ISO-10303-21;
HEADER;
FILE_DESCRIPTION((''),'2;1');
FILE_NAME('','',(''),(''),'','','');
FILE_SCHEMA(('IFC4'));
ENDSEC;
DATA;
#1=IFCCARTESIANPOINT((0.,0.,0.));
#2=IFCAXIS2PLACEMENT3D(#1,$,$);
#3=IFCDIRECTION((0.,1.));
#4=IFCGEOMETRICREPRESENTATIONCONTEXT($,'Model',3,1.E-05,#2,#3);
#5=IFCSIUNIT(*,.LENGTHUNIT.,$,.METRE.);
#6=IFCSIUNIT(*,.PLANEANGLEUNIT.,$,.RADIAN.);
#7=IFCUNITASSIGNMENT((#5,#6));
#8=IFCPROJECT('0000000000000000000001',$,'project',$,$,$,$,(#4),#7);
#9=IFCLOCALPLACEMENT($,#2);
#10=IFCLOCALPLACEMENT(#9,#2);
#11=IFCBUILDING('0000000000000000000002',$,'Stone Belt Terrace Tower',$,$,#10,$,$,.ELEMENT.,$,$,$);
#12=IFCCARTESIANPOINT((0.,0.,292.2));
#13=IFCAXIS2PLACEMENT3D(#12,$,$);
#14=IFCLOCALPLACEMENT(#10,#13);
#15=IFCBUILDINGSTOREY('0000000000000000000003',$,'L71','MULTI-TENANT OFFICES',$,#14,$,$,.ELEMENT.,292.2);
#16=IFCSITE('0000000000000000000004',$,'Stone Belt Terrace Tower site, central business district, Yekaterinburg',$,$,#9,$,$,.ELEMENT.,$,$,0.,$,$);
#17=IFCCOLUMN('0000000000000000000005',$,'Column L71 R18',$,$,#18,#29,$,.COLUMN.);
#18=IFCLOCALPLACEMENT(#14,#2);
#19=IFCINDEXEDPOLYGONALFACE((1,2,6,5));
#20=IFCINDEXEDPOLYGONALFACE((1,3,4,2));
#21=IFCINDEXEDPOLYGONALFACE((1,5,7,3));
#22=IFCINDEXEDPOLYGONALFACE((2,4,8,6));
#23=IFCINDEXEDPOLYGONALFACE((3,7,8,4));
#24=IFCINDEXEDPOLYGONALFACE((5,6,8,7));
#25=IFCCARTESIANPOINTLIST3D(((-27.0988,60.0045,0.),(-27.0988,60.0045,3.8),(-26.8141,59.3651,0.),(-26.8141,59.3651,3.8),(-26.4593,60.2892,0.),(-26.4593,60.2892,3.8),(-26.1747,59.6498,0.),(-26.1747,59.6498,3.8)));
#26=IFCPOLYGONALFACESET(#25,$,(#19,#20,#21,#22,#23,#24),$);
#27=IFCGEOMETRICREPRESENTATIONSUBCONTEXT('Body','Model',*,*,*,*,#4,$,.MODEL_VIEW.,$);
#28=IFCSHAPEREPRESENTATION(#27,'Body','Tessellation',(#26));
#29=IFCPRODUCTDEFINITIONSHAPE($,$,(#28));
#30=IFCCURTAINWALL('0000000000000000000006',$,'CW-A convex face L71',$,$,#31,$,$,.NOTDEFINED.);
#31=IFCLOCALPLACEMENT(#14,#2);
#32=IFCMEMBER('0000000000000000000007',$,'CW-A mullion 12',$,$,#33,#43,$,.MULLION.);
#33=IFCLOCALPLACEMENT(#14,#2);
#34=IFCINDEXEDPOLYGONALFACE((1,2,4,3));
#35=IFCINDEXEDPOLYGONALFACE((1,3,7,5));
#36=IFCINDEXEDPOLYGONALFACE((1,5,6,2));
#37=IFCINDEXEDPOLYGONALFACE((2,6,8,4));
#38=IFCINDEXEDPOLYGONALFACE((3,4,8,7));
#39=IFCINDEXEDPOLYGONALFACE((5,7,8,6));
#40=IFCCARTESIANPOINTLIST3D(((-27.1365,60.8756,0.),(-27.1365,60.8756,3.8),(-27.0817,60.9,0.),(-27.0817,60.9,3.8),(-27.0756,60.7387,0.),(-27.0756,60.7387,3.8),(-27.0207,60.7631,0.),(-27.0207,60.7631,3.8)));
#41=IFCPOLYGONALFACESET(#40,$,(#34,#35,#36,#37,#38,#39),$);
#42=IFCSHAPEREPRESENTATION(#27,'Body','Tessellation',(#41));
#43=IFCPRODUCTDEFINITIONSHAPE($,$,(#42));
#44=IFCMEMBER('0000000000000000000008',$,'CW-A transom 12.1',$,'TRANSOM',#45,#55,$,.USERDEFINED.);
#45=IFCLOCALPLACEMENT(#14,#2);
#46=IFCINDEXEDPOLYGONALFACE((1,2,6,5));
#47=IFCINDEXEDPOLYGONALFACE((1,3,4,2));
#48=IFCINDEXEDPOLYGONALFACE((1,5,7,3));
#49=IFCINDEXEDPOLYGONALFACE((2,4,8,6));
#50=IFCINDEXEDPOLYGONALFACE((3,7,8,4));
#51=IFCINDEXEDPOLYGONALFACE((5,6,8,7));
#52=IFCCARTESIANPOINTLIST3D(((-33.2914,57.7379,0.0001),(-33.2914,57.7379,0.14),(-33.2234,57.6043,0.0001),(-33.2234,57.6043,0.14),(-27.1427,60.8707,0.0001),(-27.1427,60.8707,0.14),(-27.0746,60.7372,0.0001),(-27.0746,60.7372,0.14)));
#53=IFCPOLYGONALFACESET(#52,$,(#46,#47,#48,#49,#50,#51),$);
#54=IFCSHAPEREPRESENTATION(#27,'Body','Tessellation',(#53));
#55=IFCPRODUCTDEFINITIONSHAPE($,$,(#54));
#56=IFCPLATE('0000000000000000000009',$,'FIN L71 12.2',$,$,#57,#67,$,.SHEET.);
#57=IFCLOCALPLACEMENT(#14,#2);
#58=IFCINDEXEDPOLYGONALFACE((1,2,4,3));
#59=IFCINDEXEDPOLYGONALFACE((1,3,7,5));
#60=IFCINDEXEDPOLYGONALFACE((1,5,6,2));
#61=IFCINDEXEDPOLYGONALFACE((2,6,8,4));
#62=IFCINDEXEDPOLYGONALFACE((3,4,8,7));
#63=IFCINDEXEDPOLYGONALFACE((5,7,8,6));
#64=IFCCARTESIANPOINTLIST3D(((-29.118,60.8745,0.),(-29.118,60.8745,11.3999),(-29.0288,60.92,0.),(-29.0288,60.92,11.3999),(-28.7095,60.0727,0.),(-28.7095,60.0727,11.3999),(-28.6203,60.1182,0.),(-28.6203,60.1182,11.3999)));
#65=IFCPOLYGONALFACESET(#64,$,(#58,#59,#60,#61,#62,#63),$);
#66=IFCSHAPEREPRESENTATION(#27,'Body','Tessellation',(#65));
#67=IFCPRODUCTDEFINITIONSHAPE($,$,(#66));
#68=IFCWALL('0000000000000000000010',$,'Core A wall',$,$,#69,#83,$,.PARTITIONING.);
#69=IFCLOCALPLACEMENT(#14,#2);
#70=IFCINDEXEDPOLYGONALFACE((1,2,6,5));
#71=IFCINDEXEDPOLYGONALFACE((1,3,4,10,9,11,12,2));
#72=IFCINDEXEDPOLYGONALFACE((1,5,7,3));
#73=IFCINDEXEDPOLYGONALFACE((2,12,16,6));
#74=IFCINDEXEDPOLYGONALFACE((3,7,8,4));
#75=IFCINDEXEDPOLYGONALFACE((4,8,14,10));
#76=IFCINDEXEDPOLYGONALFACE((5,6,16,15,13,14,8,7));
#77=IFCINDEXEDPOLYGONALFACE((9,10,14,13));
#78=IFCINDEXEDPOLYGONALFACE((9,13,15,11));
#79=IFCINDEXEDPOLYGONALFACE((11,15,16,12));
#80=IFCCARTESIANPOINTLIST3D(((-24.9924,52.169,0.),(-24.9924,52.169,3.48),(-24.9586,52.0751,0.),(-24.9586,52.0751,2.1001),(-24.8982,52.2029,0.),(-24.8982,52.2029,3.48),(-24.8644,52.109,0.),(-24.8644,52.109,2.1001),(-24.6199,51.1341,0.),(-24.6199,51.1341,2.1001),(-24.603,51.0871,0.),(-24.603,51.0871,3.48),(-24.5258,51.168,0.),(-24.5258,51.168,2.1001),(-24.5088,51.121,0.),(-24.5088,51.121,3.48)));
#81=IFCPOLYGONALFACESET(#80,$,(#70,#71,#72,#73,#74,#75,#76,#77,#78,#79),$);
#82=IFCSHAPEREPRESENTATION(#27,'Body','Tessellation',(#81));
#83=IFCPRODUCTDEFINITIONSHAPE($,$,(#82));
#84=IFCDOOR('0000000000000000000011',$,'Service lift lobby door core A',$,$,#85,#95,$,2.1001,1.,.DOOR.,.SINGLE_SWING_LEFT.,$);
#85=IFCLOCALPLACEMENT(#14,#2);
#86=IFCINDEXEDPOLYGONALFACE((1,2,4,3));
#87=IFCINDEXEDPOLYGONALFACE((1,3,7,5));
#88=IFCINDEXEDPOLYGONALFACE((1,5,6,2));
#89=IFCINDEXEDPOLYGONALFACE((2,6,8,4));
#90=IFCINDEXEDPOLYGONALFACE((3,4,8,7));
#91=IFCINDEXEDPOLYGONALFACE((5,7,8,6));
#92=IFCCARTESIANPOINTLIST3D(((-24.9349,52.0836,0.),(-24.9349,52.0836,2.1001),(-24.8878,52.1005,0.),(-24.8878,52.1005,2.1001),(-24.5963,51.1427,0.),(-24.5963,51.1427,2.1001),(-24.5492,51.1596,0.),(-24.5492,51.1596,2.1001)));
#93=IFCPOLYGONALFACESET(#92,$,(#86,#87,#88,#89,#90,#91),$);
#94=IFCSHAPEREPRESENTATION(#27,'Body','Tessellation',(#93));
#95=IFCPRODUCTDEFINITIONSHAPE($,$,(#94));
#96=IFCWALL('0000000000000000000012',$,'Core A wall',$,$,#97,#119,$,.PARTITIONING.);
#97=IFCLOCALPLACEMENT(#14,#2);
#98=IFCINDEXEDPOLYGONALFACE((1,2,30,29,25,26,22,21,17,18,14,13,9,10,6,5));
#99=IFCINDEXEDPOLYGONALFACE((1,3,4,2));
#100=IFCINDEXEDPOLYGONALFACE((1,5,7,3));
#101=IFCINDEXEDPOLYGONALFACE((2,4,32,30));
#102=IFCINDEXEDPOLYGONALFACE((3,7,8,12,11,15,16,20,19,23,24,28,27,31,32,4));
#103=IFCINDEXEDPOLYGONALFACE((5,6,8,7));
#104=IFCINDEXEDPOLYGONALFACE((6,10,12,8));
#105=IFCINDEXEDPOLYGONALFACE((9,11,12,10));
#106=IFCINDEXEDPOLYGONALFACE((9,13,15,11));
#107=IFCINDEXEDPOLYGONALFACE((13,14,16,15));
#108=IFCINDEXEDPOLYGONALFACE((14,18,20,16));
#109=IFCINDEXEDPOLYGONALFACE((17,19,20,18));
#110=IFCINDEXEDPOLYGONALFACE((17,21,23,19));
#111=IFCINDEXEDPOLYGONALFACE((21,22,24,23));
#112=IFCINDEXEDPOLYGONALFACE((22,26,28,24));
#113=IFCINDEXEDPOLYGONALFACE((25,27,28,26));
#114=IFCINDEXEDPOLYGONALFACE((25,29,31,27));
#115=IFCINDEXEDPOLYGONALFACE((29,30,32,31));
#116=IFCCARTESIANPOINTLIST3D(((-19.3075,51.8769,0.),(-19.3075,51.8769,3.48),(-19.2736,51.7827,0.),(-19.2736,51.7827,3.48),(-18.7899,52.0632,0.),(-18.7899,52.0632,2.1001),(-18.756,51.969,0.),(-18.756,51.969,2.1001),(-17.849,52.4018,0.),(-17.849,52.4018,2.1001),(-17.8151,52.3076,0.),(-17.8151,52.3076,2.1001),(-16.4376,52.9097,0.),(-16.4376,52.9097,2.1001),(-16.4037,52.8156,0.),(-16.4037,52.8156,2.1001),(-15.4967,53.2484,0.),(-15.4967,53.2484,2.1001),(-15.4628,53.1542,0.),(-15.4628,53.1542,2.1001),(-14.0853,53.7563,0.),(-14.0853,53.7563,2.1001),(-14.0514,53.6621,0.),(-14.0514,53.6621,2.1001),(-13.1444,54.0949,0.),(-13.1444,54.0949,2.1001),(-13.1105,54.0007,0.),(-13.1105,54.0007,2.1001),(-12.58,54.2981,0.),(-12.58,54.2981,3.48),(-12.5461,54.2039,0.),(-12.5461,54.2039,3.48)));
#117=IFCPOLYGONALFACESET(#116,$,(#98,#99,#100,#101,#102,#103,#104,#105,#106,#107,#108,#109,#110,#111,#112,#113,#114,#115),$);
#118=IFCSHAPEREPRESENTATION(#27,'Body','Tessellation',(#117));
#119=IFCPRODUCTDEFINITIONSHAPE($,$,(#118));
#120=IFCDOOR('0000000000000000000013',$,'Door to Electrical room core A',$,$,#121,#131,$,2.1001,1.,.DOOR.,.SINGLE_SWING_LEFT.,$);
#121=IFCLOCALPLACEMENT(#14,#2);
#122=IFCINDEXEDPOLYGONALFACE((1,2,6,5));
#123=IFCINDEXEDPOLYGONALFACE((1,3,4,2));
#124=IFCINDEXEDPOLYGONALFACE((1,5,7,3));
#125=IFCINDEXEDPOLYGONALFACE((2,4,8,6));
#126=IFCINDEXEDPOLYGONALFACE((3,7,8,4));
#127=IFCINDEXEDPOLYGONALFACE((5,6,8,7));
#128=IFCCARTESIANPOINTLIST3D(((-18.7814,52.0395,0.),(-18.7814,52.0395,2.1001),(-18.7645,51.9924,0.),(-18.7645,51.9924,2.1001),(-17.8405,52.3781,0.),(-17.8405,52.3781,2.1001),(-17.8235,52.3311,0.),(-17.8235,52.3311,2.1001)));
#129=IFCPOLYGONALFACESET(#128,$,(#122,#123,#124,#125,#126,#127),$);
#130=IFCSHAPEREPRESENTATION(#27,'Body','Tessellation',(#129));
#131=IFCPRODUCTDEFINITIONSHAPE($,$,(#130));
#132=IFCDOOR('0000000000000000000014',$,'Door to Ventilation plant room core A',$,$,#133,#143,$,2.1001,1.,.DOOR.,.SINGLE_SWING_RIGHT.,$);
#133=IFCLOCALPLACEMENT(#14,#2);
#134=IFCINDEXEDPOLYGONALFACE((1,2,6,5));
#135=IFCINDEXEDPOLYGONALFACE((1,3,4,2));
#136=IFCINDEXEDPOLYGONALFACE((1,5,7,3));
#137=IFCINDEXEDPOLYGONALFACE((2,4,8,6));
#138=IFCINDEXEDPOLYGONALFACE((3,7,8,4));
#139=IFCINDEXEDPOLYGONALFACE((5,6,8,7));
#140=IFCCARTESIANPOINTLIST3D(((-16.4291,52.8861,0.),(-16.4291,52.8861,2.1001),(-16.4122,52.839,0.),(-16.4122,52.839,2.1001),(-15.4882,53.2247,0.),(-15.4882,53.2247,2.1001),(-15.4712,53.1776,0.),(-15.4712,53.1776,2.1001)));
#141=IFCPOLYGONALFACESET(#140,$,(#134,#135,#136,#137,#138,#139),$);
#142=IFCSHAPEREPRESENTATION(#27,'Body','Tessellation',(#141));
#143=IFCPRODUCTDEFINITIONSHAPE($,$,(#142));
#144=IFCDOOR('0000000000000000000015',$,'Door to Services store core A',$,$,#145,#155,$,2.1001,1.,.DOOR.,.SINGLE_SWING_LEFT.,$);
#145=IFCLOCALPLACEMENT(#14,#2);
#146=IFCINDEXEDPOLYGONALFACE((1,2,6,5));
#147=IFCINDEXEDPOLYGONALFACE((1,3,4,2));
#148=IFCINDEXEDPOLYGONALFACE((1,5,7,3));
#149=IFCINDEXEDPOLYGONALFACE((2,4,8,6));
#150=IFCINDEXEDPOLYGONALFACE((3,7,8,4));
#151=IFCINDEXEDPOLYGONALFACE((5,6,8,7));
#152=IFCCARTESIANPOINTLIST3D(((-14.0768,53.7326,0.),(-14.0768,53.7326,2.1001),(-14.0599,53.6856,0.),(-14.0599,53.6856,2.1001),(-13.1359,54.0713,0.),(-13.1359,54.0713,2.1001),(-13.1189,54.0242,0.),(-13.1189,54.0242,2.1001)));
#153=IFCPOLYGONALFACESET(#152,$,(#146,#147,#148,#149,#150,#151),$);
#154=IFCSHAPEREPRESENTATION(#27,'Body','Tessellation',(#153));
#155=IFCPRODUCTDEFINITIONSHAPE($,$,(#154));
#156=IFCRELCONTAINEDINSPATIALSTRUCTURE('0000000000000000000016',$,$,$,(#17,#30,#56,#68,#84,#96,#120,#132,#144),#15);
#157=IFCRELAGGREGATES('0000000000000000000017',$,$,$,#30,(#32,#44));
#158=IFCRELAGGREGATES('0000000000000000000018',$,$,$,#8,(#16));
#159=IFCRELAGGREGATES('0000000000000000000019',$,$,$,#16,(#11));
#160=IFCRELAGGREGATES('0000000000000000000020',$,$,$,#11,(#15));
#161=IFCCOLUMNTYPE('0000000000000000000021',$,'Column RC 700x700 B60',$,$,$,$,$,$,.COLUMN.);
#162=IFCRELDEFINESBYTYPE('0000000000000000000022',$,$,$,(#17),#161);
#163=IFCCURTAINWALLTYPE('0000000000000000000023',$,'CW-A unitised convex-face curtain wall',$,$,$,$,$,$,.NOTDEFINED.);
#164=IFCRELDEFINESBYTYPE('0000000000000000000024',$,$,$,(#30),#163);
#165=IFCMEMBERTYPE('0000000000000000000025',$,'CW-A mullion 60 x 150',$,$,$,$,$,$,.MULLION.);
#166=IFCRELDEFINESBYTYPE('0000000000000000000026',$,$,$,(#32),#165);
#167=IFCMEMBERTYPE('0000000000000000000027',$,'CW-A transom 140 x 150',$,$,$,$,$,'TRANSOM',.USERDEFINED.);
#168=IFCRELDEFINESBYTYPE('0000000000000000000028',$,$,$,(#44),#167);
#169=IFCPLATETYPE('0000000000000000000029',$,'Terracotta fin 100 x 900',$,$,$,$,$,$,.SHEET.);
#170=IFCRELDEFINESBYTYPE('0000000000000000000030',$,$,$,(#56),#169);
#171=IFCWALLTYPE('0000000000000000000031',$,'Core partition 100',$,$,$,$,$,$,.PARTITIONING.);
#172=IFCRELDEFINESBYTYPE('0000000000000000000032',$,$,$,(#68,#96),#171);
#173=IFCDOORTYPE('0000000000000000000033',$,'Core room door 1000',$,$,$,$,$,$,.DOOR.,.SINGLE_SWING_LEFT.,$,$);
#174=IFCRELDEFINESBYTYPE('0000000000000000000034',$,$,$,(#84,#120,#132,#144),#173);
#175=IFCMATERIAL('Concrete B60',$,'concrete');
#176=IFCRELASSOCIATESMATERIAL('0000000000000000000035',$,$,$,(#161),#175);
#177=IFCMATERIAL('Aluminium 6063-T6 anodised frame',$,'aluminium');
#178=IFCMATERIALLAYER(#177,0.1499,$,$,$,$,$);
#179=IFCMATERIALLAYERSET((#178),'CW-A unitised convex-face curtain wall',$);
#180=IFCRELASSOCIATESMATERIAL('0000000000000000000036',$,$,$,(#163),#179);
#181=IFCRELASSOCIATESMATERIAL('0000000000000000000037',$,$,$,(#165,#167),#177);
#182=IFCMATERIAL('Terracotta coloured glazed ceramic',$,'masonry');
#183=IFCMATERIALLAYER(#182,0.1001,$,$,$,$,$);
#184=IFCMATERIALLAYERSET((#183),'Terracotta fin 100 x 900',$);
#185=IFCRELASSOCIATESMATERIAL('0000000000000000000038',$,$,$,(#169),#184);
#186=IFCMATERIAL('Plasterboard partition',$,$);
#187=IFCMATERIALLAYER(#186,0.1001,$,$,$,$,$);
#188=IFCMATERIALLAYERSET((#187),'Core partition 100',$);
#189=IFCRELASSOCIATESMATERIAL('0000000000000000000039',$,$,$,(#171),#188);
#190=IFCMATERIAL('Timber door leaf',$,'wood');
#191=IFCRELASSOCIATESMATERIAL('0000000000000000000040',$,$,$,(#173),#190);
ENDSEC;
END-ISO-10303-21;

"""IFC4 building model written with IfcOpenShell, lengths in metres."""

from ifc_helpers import new_model, si_unit, direction, frame, frame_2d, origin, origin_2d, place, context, subcontext, project, spatial, rectangle, extrude, material, layer, layer_set, material_profile, profile_set, type_object, element, fill, aggregate, save


model = new_model("IFC4")

# Units and contexts
model_context = context("Model", 3, precision=1e-05, world=origin(), true_north=direction((0.0, 1.0)))
body_context = subcontext(model_context, "Body", "Model", "MODEL_VIEW")
ifc_project = project(units=[si_unit("LENGTHUNIT", "METRE"), si_unit("PLANEANGLEUNIT", "RADIAN")], contexts=[model_context])

# Site, building, storey
site_placement = place(None, origin())
site = spatial("IfcSite", under=ifc_project, at=site_placement, Name="Stone Belt Terrace Tower site, central business district, Yekaterinburg", CompositionType="ELEMENT", RefElevation=0.0)
building_placement = place(site_placement, origin())
building = spatial("IfcBuilding", under=site, at=building_placement, Name="Stone Belt Terrace Tower", CompositionType="ELEMENT")
storey_placement = place(building_placement, frame((0.0, 0.0, 292.2)))
storey = spatial("IfcBuildingStorey", under=building, at=storey_placement, Name="L71", Description="MULTI-TENANT OFFICES", CompositionType="ELEMENT", Elevation=292.2)

# Column
ifc_material_1 = material(Name="Concrete B60", Category="concrete")
ifc_material_profile_1 = material_profile(ifc_material_1, rectangle(XDim=0.7, YDim=0.7, at=origin_2d()), Name="RC 700x700")
ifc_profile_set_1 = profile_set([ifc_material_profile_1], Name="Concrete B60")
column_type = type_object("IfcColumnType", Name="Column RC 700x700 B60", PredefinedType="COLUMN", material=ifc_profile_set_1)
column_placement = place(storey_placement, frame((-26.6367, 59.8271, 0.0), z_axis=(0.0, 0.0, 1.0), x_axis=(0.913545, 0.406737, 0.0)))
element("IfcColumn", 1, at=column_placement, inside=storey, type_object=column_type, Name="Column L71 R18", PredefinedType="COLUMN", context=body_context, shape_type="SweptSolid", body=[
    extrude(rectangle(XDim=0.7, YDim=0.7, at=origin_2d()), origin(), (0.0, 0.0, 1.0), 3.8),
])

# Curtain wall, members
ifc_material_2 = material(Name="Aluminium 6063-T6 anodised frame", Category="aluminium")
ifc_layer_1 = layer(ifc_material_2, 0.1499)
ifc_layer_set_1 = layer_set([ifc_layer_1], Name="CW-A unitised convex-face curtain wall")
curtain_wall_type = type_object("IfcCurtainWallType", Name="CW-A unitised convex-face curtain wall", PredefinedType="NOTDEFINED", material=ifc_layer_set_1)
curtain_wall_placement = place(storey_placement, origin())
curtain_wall = element("IfcCurtainWall", 2, at=curtain_wall_placement, inside=storey, type_object=curtain_wall_type, Name="CW-A convex face L71", PredefinedType="NOTDEFINED")
ifc_material_profile_2 = material_profile(ifc_material_2, rectangle(XDim=0.1499, YDim=0.0601, at=origin_2d()), Name="Aluminium 6063-T6 60x150")
ifc_profile_set_2 = profile_set([ifc_material_profile_2], Name="Aluminium 6063-T6 anodised frame")
member_type_1 = type_object("IfcMemberType", Name="CW-A mullion 60 x 150", PredefinedType="MULLION", material=ifc_profile_set_2)
member_1_placement = place(storey_placement, frame((-27.0786, 60.8193, 0.0), z_axis=(0.0, 0.0, 1.0), x_axis=(0.406737, -0.913545, 0.0)))
member_1 = element("IfcMember", 3, at=member_1_placement, type_object=member_type_1, Name="CW-A mullion 12", PredefinedType="MULLION", context=body_context, shape_type="SweptSolid", body=[
    extrude(rectangle(XDim=0.1499, YDim=0.0601, at=origin_2d()), origin(), (0.0, 0.0, 1.0), 3.8),
])
ifc_material_profile_3 = material_profile(ifc_material_2, rectangle(XDim=0.1499, YDim=0.1399, at=origin_2d()), Name="Aluminium 6063-T6 150x140")
ifc_profile_set_3 = profile_set([ifc_material_profile_3], Name="Aluminium 6063-T6 anodised frame")
member_type_2 = type_object("IfcMemberType", Name="CW-A transom 140 x 150", ElementType="TRANSOM", PredefinedType="USERDEFINED", material=ifc_profile_set_3)
member_2_placement = place(storey_placement, frame((-27.1086, 60.804, 0.0701), z_axis=(-0.891012, -0.453979, 0.0), x_axis=(0.453979, -0.891012, 0.0)))
member_2 = element("IfcMember", 4, at=member_2_placement, type_object=member_type_2, Name="CW-A transom 12.1", ObjectType="TRANSOM", PredefinedType="USERDEFINED", context=body_context, shape_type="SweptSolid", body=[
    extrude(rectangle(XDim=0.1499, YDim=0.1399, at=origin_2d()), origin(), (0.0, 0.0, 1.0), 6.9009),
])
aggregate(curtain_wall, [member_1, member_2])

# Plate
ifc_material_3 = material(Name="Terracotta coloured glazed ceramic", Category="masonry")
ifc_layer_2 = layer(ifc_material_3, 0.1001)
ifc_layer_set_2 = layer_set([ifc_layer_2], Name="Terracotta fin 100 x 900")
plate_type = type_object("IfcPlateType", Name="Terracotta fin 100 x 900", PredefinedType="SHEET", material=ifc_layer_set_2)
plate_placement = place(storey_placement, frame((-28.8691, 60.4963, 0.0), z_axis=(0.0, 0.0, 1.0), x_axis=(-0.45399, 0.891007, 0.0)))
element("IfcPlate", 5, at=plate_placement, inside=storey, type_object=plate_type, Name="FIN L71 12.2", PredefinedType="SHEET", context=body_context, shape_type="SweptSolid", body=[
    extrude(rectangle(XDim=0.8999, YDim=0.1001, at=origin_2d()), origin(), (0.0, 0.0, 1.0), 11.3999),
])

# Wall, opening, door
ifc_material_4 = material(Name="Plasterboard partition")
ifc_layer_3 = layer(ifc_material_4, 0.1001)
ifc_layer_set_3 = layer_set([ifc_layer_3], Name="Core partition 100")
wall_type_1 = type_object("IfcWallType", Name="Core partition 100", PredefinedType="PARTITIONING", material=ifc_layer_set_3)
wall_1_placement = place(storey_placement, frame((-24.5559, 51.104, 0.0), z_axis=(0.0, 0.0, 1.0), x_axis=(-0.338622, 0.940923, 0.0)))
wall_1 = element("IfcWall", 6, at=wall_1_placement, inside=storey, type_object=wall_type_1, Name="Core A wall", PredefinedType="PARTITIONING", context=body_context, shape_type="SweptSolid", body=[
    extrude(rectangle(XDim=1.1499, YDim=0.1001, at=frame_2d((0.575, 0.0))), origin(), (0.0, 0.0, 1.0), 3.48),
])
opening_1_placement = place(wall_1_placement, frame((0.05, 0.0, 0.0)))
opening_1 = element("IfcOpeningElement", 7, at=opening_1_placement, cuts=wall_1, PredefinedType="OPENING", context=body_context, shape_type="SweptSolid", body=[
    extrude(rectangle(XDim=1.0, YDim=2.1001, at=frame_2d((0.5, 1.05))), frame((0.0, 0.0601, 0.0), z_axis=(0.0, -1.0, 0.0), x_axis=(1.0, 0.0, 0.0)), (0.0, 0.0, 1.0), 0.1201),
])
ifc_material_5 = material(Name="Timber door leaf", Category="wood")
door_type_1 = type_object("IfcDoorType", Name="Core room door 1000", OperationType="SINGLE_SWING_LEFT", PredefinedType="DOOR", material=ifc_material_5)
door_1_placement = place(opening_1_placement, origin())
door_1 = element("IfcDoor", 8, at=door_1_placement, inside=storey, type_object=door_type_1, Name="Service lift lobby door core A", OperationType="SINGLE_SWING_LEFT", OverallHeight=2.1001, OverallWidth=1.0, PredefinedType="DOOR", context=body_context, shape_type="SweptSolid", body=[
    extrude(rectangle(XDim=1.0, YDim=2.1001, at=frame_2d((0.5, 1.05))), frame((0.0, 0.0249, 0.0), z_axis=(0.0, -1.0, 0.0), x_axis=(1.0, 0.0, 0.0)), (0.0, 0.0, 1.0), 0.05),
])
fill(opening_1, door_1)

# Wall, openings, doors
wall_2_placement = place(storey_placement, frame((-19.2905, 51.8298, 0.0), z_axis=(0.0, 0.0, 1.0), x_axis=(0.940922, 0.338624, 0.0)))
wall_2 = element("IfcWall", 9, at=wall_2_placement, inside=storey, type_object=wall_type_1, Name="Core A wall", PredefinedType="PARTITIONING", context=body_context, shape_type="SweptSolid", body=[
    extrude(rectangle(XDim=7.1499, YDim=0.1001, at=frame_2d((3.575, 0.0))), origin(), (0.0, 0.0, 1.0), 3.48),
])
opening_2_placement = place(wall_2_placement, frame((0.55, 0.0, 0.0)))
opening_2 = element("IfcOpeningElement", 10, at=opening_2_placement, cuts=wall_2, PredefinedType="OPENING", context=body_context, shape_type="SweptSolid", body=[
    extrude(rectangle(XDim=1.0, YDim=2.1001, at=frame_2d((0.5, 1.05))), frame((0.0, 0.0601, 0.0), z_axis=(0.0, -1.0, 0.0), x_axis=(1.0, 0.0, 0.0)), (0.0, 0.0, 1.0), 0.1201),
])
opening_3_placement = place(wall_2_placement, frame((3.05, 0.0, 0.0)))
opening_3 = element("IfcOpeningElement", 11, at=opening_3_placement, cuts=wall_2, PredefinedType="OPENING", context=body_context, shape_type="SweptSolid", body=[
    extrude(rectangle(XDim=1.0, YDim=2.1001, at=frame_2d((0.5, 1.05))), frame((0.0, 0.0601, 0.0), z_axis=(0.0, -1.0, 0.0), x_axis=(1.0, 0.0, 0.0)), (0.0, 0.0, 1.0), 0.1201),
])
opening_4_placement = place(wall_2_placement, frame((5.55, 0.0, 0.0)))
opening_4 = element("IfcOpeningElement", 12, at=opening_4_placement, cuts=wall_2, PredefinedType="OPENING", context=body_context, shape_type="SweptSolid", body=[
    extrude(rectangle(XDim=1.0, YDim=2.1001, at=frame_2d((0.5, 1.05))), frame((0.0, 0.0601, 0.0), z_axis=(0.0, -1.0, 0.0), x_axis=(1.0, 0.0, 0.0)), (0.0, 0.0, 1.0), 0.1201),
])
door_2_placement = place(opening_2_placement, origin())
door_2 = element("IfcDoor", 13, at=door_2_placement, inside=storey, type_object=door_type_1, Name="Door to Electrical room core A", OperationType="SINGLE_SWING_LEFT", OverallHeight=2.1001, OverallWidth=1.0, PredefinedType="DOOR", context=body_context, shape_type="SweptSolid", body=[
    extrude(rectangle(XDim=1.0, YDim=2.1001, at=frame_2d((0.5, 1.05))), frame((0.0, 0.0249, 0.0), z_axis=(0.0, -1.0, 0.0), x_axis=(1.0, 0.0, 0.0)), (0.0, 0.0, 1.0), 0.05),
])
fill(opening_2, door_2)
door_3_placement = place(opening_3_placement, origin())
door_3 = element("IfcDoor", 14, at=door_3_placement, inside=storey, type_object=door_type_1, Name="Door to Ventilation plant room core A", OperationType="SINGLE_SWING_RIGHT", OverallHeight=2.1001, OverallWidth=1.0, PredefinedType="DOOR", context=body_context, shape_type="SweptSolid", body=[
    extrude(rectangle(XDim=1.0, YDim=2.1001, at=frame_2d((0.5, 1.05))), frame((0.0, 0.0249, 0.0), z_axis=(0.0, -1.0, 0.0), x_axis=(1.0, 0.0, 0.0)), (0.0, 0.0, 1.0), 0.05),
])
fill(opening_3, door_3)
door_4_placement = place(opening_4_placement, origin())
door_4 = element("IfcDoor", 15, at=door_4_placement, inside=storey, type_object=door_type_1, Name="Door to Services store core A", OperationType="SINGLE_SWING_LEFT", OverallHeight=2.1001, OverallWidth=1.0, PredefinedType="DOOR", context=body_context, shape_type="SweptSolid", body=[
    extrude(rectangle(XDim=1.0, YDim=2.1001, at=frame_2d((0.5, 1.05))), frame((0.0, 0.0249, 0.0), z_axis=(0.0, -1.0, 0.0), x_axis=(1.0, 0.0, 0.0)), (0.0, 0.0, 1.0), 0.05),
])
fill(opening_4, door_4)

save(model, "model.ifc")
